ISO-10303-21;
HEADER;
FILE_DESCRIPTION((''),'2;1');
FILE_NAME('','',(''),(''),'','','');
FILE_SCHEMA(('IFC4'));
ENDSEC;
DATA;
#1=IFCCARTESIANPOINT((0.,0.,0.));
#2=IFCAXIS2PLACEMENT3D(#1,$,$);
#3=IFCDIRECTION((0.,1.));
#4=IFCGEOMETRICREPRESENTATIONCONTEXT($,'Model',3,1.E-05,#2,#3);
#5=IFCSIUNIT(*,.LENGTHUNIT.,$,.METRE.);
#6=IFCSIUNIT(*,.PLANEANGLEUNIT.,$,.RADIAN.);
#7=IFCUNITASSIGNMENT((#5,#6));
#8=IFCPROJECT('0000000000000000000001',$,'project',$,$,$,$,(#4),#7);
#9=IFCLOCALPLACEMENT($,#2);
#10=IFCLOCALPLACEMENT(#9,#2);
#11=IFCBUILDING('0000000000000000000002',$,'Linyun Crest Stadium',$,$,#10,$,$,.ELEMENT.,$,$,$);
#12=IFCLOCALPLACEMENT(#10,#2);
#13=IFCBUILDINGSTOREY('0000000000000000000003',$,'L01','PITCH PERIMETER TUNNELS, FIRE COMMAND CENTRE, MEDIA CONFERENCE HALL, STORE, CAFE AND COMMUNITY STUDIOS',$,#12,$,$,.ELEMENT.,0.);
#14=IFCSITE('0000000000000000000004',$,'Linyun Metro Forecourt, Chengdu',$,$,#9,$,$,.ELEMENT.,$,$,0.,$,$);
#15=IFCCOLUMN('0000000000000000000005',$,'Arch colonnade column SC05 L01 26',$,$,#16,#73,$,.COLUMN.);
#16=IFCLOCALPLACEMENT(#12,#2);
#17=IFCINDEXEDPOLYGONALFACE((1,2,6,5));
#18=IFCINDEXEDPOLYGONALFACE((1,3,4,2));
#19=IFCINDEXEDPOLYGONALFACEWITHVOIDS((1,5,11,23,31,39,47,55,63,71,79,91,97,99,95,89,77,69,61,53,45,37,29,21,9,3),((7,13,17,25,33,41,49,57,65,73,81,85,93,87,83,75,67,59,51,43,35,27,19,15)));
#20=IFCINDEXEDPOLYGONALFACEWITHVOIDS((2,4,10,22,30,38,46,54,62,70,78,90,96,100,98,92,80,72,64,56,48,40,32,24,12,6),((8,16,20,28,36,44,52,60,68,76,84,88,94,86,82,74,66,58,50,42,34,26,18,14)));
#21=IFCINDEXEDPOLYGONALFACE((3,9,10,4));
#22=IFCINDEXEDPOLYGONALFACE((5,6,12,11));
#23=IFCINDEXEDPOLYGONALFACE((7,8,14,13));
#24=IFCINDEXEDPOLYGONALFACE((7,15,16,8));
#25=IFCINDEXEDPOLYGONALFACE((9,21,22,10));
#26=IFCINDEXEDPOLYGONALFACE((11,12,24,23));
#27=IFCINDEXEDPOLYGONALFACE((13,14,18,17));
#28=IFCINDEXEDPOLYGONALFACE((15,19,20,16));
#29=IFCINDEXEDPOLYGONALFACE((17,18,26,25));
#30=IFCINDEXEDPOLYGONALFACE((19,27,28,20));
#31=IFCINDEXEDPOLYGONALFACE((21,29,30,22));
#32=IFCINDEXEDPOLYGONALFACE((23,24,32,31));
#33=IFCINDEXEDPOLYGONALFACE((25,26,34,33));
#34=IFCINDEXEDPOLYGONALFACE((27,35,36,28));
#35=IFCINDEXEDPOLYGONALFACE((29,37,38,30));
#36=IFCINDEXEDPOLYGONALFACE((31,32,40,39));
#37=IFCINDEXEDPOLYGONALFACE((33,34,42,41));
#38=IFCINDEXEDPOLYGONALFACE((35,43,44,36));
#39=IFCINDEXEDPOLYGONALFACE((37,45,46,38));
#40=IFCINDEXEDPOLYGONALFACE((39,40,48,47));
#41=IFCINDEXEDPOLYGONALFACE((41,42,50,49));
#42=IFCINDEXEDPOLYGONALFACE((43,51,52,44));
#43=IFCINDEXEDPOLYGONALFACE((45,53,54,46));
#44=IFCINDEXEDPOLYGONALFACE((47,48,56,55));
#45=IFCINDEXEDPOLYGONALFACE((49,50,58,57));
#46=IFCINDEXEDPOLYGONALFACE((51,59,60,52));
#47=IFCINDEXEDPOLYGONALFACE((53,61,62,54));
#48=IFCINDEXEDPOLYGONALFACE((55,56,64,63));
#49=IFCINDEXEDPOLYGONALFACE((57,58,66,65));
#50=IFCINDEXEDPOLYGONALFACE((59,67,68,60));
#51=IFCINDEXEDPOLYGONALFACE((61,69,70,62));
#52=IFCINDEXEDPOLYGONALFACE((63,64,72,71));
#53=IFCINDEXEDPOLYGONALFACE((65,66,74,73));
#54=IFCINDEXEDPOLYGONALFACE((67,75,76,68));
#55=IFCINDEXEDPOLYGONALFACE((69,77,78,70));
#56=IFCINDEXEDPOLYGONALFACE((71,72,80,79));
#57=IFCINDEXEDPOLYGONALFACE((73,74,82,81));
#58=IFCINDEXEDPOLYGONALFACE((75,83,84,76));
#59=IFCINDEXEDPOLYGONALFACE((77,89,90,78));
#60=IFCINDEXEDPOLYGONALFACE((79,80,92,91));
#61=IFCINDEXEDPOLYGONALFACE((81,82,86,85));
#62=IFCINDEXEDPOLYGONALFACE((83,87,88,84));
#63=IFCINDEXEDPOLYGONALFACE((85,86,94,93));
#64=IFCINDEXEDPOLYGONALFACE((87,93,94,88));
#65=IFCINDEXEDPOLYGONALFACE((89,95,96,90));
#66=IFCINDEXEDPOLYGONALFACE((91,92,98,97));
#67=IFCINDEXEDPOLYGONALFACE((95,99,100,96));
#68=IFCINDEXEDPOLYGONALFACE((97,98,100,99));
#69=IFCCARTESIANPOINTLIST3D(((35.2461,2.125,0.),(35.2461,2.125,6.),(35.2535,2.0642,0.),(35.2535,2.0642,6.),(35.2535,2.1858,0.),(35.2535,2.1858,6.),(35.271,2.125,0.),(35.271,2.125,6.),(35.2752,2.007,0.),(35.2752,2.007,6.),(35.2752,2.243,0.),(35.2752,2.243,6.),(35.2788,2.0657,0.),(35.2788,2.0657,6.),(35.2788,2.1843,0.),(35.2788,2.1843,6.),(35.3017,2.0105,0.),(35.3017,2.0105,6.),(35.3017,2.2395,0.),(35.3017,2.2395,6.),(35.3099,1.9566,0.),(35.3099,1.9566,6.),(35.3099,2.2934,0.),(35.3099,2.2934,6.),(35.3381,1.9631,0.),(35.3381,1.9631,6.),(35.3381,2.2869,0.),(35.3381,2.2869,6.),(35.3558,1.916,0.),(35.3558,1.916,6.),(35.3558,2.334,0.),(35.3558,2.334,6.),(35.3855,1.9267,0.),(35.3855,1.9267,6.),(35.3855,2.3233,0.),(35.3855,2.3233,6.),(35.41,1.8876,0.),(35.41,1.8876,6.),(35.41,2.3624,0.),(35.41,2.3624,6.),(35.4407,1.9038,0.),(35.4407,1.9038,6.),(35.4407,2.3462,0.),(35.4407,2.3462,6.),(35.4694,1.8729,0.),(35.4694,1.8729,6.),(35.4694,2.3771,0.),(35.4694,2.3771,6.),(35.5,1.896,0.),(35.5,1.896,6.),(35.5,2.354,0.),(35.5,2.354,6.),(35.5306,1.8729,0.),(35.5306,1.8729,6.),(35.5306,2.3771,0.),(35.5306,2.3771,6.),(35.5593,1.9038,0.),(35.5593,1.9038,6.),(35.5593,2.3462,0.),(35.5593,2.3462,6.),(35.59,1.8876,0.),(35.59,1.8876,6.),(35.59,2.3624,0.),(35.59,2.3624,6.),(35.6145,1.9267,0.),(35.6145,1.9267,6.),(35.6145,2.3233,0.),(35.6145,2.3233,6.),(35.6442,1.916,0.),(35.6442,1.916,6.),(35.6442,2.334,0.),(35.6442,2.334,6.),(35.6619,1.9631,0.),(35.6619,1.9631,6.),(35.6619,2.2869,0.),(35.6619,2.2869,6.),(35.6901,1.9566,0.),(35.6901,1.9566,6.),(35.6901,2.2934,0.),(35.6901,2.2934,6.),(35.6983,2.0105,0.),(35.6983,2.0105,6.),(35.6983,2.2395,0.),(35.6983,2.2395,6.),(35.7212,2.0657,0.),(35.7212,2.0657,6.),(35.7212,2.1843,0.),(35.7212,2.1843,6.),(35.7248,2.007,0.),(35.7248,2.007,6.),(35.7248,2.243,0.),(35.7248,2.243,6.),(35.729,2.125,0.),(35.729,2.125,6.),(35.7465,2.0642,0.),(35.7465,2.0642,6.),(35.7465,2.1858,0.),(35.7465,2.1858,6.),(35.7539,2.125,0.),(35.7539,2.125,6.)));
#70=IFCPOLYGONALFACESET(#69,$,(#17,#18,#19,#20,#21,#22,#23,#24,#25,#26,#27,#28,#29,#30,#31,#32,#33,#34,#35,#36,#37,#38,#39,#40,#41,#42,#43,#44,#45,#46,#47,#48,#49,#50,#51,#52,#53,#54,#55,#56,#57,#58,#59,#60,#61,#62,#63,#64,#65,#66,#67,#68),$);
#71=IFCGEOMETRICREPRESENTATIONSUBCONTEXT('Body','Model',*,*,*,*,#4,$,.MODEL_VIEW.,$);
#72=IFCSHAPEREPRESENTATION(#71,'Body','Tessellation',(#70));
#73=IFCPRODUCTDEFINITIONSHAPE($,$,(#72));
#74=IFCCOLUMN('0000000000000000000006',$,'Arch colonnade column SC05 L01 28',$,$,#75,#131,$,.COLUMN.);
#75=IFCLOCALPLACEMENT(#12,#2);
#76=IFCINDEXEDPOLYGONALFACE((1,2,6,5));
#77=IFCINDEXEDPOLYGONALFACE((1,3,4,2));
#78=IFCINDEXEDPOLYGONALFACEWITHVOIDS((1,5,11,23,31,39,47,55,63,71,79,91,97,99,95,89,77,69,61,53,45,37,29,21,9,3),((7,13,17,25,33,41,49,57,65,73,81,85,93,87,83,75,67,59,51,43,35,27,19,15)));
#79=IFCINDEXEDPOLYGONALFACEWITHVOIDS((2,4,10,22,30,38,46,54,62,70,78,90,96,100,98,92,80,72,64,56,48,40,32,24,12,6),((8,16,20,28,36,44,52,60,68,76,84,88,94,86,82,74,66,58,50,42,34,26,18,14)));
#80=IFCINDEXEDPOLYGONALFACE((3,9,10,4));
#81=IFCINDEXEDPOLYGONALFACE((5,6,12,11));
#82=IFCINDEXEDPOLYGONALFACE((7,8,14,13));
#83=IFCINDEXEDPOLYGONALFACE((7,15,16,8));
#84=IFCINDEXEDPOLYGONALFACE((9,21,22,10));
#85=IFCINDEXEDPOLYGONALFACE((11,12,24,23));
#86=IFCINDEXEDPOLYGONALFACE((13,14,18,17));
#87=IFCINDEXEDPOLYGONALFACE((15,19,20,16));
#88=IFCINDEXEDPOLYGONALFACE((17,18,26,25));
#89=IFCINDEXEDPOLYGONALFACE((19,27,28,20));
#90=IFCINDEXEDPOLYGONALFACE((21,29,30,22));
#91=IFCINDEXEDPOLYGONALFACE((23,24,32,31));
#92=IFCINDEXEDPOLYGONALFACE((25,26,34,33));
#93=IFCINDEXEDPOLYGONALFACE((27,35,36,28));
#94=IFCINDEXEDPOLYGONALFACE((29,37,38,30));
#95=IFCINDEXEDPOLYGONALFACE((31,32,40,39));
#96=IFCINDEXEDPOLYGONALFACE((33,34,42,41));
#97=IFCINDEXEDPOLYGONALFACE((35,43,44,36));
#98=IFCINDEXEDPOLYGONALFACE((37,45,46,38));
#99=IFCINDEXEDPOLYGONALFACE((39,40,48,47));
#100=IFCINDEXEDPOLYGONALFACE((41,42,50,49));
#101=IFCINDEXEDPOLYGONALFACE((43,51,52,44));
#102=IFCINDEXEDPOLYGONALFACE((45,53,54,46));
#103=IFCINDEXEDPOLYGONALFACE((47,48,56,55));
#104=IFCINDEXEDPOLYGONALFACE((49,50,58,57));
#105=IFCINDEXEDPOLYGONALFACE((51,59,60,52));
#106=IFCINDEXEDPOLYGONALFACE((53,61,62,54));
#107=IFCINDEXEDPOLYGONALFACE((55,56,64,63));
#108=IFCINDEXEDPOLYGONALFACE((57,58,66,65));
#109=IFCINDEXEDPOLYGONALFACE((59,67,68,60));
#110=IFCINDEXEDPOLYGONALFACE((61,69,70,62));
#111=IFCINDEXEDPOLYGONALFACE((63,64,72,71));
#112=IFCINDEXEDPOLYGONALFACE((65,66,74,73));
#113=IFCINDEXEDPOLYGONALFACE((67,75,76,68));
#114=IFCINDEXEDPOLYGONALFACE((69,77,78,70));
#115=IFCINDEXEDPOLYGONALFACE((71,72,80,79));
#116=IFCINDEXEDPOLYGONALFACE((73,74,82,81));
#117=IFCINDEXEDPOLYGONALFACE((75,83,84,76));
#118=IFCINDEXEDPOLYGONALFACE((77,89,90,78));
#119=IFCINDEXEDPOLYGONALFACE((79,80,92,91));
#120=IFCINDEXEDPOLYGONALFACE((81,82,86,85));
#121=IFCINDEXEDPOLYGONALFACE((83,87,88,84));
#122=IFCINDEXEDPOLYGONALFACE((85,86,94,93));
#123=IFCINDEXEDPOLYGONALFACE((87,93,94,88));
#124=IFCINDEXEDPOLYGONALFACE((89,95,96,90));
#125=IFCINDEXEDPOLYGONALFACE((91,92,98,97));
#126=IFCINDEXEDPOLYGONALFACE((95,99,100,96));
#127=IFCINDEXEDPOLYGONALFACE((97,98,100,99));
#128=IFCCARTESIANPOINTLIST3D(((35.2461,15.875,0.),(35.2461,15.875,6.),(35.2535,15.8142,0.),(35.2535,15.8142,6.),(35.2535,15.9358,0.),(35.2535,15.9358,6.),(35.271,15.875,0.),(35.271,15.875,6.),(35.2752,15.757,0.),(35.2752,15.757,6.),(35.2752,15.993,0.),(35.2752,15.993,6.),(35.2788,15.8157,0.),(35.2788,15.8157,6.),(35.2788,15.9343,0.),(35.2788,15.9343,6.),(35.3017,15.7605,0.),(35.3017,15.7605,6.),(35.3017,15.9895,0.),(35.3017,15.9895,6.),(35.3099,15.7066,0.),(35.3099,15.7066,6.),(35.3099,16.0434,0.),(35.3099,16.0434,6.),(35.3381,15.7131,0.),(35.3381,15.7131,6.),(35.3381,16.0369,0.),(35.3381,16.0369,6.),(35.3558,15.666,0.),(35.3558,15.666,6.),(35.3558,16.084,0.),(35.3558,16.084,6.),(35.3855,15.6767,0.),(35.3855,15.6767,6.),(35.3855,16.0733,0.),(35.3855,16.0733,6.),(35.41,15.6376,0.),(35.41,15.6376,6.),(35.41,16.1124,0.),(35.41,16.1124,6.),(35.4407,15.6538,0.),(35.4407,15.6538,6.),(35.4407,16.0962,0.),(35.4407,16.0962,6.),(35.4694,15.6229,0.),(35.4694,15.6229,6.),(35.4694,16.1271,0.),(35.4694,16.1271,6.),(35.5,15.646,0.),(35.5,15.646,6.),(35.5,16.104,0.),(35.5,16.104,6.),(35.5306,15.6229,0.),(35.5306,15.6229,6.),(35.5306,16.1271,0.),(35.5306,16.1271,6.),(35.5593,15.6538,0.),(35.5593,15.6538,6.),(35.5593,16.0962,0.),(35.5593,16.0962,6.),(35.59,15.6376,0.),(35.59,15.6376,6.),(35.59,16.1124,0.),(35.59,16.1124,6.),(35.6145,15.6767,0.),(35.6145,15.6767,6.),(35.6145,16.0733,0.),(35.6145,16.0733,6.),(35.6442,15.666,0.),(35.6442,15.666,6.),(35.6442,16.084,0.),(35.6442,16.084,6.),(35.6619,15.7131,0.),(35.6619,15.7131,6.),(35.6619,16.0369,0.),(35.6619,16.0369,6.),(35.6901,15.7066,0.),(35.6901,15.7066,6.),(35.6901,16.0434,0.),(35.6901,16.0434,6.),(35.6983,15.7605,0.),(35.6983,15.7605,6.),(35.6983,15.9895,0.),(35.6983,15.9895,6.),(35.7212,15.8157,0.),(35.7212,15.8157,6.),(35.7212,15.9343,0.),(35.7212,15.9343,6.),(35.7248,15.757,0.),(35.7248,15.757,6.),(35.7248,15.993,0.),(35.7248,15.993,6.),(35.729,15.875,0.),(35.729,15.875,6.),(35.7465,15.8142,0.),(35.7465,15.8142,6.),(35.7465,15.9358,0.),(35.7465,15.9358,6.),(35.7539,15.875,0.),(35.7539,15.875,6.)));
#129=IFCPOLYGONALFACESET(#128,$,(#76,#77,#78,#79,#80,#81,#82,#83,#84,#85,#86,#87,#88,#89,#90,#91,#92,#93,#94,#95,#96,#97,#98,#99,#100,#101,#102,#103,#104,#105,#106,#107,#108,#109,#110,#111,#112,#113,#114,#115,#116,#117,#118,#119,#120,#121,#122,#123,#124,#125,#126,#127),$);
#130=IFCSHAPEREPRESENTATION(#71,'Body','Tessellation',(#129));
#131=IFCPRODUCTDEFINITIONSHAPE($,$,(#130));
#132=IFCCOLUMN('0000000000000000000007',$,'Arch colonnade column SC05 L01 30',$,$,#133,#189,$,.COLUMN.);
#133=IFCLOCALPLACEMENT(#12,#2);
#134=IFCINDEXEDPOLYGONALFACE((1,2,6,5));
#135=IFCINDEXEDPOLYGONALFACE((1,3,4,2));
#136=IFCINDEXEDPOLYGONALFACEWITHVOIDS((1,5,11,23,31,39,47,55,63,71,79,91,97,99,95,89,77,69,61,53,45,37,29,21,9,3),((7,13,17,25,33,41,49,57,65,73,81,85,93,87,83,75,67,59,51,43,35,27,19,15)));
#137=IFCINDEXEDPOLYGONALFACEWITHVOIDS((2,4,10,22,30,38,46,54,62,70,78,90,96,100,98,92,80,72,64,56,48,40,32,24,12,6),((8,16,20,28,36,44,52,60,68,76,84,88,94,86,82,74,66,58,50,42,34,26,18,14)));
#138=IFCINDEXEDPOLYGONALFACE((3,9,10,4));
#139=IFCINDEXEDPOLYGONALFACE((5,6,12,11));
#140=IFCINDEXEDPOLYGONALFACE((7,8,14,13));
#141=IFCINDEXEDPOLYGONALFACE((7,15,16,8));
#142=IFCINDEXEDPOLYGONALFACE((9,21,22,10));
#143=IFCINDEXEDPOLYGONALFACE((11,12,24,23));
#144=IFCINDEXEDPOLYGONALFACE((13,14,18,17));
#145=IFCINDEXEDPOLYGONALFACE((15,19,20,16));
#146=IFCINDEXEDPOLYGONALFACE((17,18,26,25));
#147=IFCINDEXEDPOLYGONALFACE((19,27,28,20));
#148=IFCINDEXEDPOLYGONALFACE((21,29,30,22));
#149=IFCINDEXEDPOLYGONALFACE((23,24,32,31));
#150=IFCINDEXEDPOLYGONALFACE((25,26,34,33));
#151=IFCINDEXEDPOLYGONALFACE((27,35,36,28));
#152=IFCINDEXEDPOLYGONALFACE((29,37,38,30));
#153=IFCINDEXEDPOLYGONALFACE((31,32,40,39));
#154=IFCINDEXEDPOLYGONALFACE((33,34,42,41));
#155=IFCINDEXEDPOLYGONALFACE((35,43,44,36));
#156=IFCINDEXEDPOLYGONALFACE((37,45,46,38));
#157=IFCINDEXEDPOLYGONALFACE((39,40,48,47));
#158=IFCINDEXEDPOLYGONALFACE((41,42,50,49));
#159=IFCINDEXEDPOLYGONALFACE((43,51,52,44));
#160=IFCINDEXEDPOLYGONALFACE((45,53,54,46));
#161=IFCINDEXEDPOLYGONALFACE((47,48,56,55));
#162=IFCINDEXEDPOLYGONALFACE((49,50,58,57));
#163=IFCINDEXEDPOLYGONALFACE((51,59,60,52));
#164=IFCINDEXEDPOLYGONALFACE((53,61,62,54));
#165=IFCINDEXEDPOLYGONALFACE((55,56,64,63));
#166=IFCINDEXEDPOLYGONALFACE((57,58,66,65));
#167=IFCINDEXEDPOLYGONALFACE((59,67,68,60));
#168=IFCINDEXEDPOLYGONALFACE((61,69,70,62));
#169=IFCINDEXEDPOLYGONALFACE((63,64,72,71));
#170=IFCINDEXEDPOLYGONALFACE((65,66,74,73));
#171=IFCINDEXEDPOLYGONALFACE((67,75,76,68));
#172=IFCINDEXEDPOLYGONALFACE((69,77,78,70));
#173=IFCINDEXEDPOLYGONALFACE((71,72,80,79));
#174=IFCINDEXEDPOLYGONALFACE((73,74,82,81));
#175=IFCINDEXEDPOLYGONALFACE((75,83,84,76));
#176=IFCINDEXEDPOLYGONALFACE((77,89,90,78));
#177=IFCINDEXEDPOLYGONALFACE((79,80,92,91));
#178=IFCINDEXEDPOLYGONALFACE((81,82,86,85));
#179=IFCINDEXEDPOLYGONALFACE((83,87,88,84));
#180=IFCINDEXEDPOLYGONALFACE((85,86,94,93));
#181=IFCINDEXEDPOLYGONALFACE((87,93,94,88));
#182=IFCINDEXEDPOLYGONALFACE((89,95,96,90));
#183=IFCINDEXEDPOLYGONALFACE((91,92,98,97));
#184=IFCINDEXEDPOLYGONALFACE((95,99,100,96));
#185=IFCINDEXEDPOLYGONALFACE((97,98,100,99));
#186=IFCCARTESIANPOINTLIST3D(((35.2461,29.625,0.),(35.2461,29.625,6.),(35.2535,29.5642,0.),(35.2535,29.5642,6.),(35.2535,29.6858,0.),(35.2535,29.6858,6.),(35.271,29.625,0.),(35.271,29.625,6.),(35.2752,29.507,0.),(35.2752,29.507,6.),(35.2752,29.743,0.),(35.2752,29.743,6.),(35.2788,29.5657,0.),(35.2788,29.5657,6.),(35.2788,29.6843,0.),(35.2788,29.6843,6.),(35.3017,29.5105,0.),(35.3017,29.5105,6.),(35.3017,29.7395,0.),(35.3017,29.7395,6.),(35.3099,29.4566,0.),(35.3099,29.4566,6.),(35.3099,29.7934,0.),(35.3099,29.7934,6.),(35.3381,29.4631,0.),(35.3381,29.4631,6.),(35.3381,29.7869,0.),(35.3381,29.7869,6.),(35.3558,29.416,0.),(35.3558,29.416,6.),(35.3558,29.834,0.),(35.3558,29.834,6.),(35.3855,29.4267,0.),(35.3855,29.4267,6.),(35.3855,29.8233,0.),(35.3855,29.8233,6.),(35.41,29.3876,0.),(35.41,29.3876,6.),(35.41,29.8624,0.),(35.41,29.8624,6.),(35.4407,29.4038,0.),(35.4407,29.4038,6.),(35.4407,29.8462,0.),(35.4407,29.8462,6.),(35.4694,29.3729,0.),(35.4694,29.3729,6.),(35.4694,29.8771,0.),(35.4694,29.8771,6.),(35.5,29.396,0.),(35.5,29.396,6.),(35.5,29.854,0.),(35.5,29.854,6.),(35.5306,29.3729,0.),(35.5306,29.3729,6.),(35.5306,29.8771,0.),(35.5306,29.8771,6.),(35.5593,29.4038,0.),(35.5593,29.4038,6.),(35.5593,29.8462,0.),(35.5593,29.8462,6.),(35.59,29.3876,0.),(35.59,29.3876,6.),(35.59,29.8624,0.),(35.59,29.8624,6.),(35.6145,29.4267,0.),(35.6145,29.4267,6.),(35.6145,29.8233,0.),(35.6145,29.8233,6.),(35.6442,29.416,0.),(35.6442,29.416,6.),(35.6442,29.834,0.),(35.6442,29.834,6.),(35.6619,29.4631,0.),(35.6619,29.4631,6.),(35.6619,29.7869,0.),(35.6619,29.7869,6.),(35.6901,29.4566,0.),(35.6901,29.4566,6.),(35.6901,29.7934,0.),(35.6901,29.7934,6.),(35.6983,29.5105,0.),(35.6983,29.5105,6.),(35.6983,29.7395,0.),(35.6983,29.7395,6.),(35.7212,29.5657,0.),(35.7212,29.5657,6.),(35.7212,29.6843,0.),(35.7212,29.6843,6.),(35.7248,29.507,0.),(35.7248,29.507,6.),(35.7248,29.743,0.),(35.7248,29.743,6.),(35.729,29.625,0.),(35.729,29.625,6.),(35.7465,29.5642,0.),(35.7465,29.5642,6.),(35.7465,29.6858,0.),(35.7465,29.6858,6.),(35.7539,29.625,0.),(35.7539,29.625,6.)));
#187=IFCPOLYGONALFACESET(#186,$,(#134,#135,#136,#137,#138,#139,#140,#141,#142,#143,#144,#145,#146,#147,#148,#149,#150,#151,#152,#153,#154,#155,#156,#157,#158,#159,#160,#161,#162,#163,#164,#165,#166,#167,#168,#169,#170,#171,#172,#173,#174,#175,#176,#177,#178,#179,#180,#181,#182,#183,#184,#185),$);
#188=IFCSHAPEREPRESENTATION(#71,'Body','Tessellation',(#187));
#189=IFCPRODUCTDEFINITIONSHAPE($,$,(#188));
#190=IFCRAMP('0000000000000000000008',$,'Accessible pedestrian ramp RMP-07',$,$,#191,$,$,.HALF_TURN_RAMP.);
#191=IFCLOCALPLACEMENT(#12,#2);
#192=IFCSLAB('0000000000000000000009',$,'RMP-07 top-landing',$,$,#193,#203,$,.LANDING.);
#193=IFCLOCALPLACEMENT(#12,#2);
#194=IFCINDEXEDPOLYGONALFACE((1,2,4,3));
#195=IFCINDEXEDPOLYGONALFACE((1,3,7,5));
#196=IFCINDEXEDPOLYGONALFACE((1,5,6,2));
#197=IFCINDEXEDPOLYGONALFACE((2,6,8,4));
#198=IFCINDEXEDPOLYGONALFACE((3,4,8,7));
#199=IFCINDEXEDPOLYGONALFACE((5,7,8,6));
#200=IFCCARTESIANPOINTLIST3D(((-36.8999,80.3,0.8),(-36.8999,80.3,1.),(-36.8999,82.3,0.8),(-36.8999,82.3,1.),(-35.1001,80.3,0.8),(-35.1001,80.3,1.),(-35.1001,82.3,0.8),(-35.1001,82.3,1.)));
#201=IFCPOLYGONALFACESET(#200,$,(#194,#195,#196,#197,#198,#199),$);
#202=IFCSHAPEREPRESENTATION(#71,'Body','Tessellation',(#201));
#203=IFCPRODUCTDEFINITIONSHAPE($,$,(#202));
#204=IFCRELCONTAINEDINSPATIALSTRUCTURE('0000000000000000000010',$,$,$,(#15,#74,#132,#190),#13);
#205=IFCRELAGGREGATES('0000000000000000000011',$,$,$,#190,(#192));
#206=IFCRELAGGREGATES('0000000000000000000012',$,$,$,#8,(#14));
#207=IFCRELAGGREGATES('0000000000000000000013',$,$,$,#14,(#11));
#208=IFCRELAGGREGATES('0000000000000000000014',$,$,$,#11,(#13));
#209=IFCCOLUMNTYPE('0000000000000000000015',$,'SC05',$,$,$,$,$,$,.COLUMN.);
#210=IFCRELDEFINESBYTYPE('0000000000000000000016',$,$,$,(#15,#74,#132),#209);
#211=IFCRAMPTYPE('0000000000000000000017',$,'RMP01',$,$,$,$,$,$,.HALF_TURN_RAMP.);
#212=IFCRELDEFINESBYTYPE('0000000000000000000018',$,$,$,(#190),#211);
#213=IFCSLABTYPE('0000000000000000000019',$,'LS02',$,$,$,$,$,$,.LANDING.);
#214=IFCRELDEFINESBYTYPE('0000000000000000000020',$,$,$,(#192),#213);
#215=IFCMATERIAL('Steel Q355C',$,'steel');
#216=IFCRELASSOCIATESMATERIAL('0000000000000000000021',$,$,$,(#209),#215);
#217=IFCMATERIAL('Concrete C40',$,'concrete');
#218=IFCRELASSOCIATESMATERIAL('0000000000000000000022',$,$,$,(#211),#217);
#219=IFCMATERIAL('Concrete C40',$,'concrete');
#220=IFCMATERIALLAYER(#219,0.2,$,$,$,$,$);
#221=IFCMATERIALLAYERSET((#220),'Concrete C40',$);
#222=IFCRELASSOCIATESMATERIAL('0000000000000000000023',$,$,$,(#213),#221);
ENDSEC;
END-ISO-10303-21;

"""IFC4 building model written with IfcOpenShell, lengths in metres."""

from ifc_helpers import new_model, si_unit, direction, frame, origin, origin_2d, place, context, subcontext, project, spatial, polyline, hollow_circle, outline, extrude, material, layer, layer_set, material_profile, profile_set, type_object, element, aggregate, save


model = new_model("IFC4")

# Units and contexts
model_context = context("Model", 3, precision=1e-05, world=origin(), true_north=direction((0.0, 1.0)))
body_context = subcontext(model_context, "Body", "Model", "MODEL_VIEW")
ifc_project = project(units=[si_unit("LENGTHUNIT", "METRE"), si_unit("PLANEANGLEUNIT", "RADIAN")], contexts=[model_context])

# Site, building, storey
site_placement = place(None, origin())
site = spatial("IfcSite", under=ifc_project, at=site_placement, Name="Linyun Metro Forecourt, Chengdu", CompositionType="ELEMENT", RefElevation=0.0)
building_placement = place(site_placement, origin())
building = spatial("IfcBuilding", under=site, at=building_placement, Name="Linyun Crest Stadium", CompositionType="ELEMENT")
storey_placement = place(building_placement, origin())
storey = spatial("IfcBuildingStorey", under=building, at=storey_placement, Name="L01", Description="PITCH PERIMETER TUNNELS, FIRE COMMAND CENTRE, MEDIA CONFERENCE HALL, STORE, CAFE AND COMMUNITY STUDIOS", CompositionType="ELEMENT", Elevation=0.0)

# Columns
ifc_material_1 = material(Name="Steel Q355C", Category="steel")
ifc_material_profile = material_profile(ifc_material_1, hollow_circle(Radius=0.2539, WallThickness=0.0249, at=origin_2d()), Name="CHS 508x25")
ifc_profile_set = profile_set([ifc_material_profile], Name="Steel Q355C")
column_type = type_object("IfcColumnType", Name="SC05", PredefinedType="COLUMN", material=ifc_profile_set)
for number, where, z_axis, x_axis, name in (
    (1, (35.5, 2.125, 0.0), (0.0, 0.0, 1.0), (1.0, 0.0, 0.0), "Arch colonnade column SC05 L01 26"),
    (2, (35.5, 15.875, 0.0), (0.0, 0.0, 1.0), (1.0, 0.0, 0.0), "Arch colonnade column SC05 L01 28"),
    (3, (35.5, 29.625, 0.0), (0.0, 0.0, 1.0), (1.0, 0.0, 0.0), "Arch colonnade column SC05 L01 30"),
):
    element("IfcColumn", number, at=place(storey_placement, frame(where, z_axis=z_axis, x_axis=x_axis)), inside=storey, type_object=column_type, Name=name, PredefinedType="COLUMN", context=body_context, shape_type="SweptSolid", body=[
        extrude(hollow_circle(Radius=0.2539, WallThickness=0.0249, at=origin_2d()), origin(), (0.0, 0.0, 1.0), 6.0),
    ])

# Ramp, slab
ifc_material_2 = material(Name="Concrete C40", Category="concrete")
ramp_type = type_object("IfcRampType", Name="RMP01", PredefinedType="HALF_TURN_RAMP", material=ifc_material_2)
ramp_1_placement = place(storey_placement, origin())
ramp_1 = element("IfcRamp", 4, at=ramp_1_placement, inside=storey, type_object=ramp_type, Name="Accessible pedestrian ramp RMP-07", PredefinedType="HALF_TURN_RAMP")
ifc_material_3 = material(Name="Concrete C40", Category="concrete")
ifc_layer_1 = layer(ifc_material_3, 0.2)
ifc_layer_set_1 = layer_set([ifc_layer_1], Name="Concrete C40")
slab_type_1 = type_object("IfcSlabType", Name="LS02", PredefinedType="LANDING", material=ifc_layer_set_1)
slab_1_placement = place(storey_placement, frame((0.0, 0.0, 0.8)))
slab_1 = element("IfcSlab", 5, at=slab_1_placement, type_object=slab_type_1, Name="RMP-07 top-landing", PredefinedType="LANDING", context=body_context, shape_type="SweptSolid", body=[
    extrude(outline(polyline([(-36.8999, 80.3), (-35.1001, 80.3), (-35.1001, 82.3), (-36.8999, 82.3), (-36.8999, 80.3)])), origin(), (0.0, 0.0, 1.0), 0.2),
])
aggregate(ramp_1, [slab_1])

save(model, "model.ifc")
